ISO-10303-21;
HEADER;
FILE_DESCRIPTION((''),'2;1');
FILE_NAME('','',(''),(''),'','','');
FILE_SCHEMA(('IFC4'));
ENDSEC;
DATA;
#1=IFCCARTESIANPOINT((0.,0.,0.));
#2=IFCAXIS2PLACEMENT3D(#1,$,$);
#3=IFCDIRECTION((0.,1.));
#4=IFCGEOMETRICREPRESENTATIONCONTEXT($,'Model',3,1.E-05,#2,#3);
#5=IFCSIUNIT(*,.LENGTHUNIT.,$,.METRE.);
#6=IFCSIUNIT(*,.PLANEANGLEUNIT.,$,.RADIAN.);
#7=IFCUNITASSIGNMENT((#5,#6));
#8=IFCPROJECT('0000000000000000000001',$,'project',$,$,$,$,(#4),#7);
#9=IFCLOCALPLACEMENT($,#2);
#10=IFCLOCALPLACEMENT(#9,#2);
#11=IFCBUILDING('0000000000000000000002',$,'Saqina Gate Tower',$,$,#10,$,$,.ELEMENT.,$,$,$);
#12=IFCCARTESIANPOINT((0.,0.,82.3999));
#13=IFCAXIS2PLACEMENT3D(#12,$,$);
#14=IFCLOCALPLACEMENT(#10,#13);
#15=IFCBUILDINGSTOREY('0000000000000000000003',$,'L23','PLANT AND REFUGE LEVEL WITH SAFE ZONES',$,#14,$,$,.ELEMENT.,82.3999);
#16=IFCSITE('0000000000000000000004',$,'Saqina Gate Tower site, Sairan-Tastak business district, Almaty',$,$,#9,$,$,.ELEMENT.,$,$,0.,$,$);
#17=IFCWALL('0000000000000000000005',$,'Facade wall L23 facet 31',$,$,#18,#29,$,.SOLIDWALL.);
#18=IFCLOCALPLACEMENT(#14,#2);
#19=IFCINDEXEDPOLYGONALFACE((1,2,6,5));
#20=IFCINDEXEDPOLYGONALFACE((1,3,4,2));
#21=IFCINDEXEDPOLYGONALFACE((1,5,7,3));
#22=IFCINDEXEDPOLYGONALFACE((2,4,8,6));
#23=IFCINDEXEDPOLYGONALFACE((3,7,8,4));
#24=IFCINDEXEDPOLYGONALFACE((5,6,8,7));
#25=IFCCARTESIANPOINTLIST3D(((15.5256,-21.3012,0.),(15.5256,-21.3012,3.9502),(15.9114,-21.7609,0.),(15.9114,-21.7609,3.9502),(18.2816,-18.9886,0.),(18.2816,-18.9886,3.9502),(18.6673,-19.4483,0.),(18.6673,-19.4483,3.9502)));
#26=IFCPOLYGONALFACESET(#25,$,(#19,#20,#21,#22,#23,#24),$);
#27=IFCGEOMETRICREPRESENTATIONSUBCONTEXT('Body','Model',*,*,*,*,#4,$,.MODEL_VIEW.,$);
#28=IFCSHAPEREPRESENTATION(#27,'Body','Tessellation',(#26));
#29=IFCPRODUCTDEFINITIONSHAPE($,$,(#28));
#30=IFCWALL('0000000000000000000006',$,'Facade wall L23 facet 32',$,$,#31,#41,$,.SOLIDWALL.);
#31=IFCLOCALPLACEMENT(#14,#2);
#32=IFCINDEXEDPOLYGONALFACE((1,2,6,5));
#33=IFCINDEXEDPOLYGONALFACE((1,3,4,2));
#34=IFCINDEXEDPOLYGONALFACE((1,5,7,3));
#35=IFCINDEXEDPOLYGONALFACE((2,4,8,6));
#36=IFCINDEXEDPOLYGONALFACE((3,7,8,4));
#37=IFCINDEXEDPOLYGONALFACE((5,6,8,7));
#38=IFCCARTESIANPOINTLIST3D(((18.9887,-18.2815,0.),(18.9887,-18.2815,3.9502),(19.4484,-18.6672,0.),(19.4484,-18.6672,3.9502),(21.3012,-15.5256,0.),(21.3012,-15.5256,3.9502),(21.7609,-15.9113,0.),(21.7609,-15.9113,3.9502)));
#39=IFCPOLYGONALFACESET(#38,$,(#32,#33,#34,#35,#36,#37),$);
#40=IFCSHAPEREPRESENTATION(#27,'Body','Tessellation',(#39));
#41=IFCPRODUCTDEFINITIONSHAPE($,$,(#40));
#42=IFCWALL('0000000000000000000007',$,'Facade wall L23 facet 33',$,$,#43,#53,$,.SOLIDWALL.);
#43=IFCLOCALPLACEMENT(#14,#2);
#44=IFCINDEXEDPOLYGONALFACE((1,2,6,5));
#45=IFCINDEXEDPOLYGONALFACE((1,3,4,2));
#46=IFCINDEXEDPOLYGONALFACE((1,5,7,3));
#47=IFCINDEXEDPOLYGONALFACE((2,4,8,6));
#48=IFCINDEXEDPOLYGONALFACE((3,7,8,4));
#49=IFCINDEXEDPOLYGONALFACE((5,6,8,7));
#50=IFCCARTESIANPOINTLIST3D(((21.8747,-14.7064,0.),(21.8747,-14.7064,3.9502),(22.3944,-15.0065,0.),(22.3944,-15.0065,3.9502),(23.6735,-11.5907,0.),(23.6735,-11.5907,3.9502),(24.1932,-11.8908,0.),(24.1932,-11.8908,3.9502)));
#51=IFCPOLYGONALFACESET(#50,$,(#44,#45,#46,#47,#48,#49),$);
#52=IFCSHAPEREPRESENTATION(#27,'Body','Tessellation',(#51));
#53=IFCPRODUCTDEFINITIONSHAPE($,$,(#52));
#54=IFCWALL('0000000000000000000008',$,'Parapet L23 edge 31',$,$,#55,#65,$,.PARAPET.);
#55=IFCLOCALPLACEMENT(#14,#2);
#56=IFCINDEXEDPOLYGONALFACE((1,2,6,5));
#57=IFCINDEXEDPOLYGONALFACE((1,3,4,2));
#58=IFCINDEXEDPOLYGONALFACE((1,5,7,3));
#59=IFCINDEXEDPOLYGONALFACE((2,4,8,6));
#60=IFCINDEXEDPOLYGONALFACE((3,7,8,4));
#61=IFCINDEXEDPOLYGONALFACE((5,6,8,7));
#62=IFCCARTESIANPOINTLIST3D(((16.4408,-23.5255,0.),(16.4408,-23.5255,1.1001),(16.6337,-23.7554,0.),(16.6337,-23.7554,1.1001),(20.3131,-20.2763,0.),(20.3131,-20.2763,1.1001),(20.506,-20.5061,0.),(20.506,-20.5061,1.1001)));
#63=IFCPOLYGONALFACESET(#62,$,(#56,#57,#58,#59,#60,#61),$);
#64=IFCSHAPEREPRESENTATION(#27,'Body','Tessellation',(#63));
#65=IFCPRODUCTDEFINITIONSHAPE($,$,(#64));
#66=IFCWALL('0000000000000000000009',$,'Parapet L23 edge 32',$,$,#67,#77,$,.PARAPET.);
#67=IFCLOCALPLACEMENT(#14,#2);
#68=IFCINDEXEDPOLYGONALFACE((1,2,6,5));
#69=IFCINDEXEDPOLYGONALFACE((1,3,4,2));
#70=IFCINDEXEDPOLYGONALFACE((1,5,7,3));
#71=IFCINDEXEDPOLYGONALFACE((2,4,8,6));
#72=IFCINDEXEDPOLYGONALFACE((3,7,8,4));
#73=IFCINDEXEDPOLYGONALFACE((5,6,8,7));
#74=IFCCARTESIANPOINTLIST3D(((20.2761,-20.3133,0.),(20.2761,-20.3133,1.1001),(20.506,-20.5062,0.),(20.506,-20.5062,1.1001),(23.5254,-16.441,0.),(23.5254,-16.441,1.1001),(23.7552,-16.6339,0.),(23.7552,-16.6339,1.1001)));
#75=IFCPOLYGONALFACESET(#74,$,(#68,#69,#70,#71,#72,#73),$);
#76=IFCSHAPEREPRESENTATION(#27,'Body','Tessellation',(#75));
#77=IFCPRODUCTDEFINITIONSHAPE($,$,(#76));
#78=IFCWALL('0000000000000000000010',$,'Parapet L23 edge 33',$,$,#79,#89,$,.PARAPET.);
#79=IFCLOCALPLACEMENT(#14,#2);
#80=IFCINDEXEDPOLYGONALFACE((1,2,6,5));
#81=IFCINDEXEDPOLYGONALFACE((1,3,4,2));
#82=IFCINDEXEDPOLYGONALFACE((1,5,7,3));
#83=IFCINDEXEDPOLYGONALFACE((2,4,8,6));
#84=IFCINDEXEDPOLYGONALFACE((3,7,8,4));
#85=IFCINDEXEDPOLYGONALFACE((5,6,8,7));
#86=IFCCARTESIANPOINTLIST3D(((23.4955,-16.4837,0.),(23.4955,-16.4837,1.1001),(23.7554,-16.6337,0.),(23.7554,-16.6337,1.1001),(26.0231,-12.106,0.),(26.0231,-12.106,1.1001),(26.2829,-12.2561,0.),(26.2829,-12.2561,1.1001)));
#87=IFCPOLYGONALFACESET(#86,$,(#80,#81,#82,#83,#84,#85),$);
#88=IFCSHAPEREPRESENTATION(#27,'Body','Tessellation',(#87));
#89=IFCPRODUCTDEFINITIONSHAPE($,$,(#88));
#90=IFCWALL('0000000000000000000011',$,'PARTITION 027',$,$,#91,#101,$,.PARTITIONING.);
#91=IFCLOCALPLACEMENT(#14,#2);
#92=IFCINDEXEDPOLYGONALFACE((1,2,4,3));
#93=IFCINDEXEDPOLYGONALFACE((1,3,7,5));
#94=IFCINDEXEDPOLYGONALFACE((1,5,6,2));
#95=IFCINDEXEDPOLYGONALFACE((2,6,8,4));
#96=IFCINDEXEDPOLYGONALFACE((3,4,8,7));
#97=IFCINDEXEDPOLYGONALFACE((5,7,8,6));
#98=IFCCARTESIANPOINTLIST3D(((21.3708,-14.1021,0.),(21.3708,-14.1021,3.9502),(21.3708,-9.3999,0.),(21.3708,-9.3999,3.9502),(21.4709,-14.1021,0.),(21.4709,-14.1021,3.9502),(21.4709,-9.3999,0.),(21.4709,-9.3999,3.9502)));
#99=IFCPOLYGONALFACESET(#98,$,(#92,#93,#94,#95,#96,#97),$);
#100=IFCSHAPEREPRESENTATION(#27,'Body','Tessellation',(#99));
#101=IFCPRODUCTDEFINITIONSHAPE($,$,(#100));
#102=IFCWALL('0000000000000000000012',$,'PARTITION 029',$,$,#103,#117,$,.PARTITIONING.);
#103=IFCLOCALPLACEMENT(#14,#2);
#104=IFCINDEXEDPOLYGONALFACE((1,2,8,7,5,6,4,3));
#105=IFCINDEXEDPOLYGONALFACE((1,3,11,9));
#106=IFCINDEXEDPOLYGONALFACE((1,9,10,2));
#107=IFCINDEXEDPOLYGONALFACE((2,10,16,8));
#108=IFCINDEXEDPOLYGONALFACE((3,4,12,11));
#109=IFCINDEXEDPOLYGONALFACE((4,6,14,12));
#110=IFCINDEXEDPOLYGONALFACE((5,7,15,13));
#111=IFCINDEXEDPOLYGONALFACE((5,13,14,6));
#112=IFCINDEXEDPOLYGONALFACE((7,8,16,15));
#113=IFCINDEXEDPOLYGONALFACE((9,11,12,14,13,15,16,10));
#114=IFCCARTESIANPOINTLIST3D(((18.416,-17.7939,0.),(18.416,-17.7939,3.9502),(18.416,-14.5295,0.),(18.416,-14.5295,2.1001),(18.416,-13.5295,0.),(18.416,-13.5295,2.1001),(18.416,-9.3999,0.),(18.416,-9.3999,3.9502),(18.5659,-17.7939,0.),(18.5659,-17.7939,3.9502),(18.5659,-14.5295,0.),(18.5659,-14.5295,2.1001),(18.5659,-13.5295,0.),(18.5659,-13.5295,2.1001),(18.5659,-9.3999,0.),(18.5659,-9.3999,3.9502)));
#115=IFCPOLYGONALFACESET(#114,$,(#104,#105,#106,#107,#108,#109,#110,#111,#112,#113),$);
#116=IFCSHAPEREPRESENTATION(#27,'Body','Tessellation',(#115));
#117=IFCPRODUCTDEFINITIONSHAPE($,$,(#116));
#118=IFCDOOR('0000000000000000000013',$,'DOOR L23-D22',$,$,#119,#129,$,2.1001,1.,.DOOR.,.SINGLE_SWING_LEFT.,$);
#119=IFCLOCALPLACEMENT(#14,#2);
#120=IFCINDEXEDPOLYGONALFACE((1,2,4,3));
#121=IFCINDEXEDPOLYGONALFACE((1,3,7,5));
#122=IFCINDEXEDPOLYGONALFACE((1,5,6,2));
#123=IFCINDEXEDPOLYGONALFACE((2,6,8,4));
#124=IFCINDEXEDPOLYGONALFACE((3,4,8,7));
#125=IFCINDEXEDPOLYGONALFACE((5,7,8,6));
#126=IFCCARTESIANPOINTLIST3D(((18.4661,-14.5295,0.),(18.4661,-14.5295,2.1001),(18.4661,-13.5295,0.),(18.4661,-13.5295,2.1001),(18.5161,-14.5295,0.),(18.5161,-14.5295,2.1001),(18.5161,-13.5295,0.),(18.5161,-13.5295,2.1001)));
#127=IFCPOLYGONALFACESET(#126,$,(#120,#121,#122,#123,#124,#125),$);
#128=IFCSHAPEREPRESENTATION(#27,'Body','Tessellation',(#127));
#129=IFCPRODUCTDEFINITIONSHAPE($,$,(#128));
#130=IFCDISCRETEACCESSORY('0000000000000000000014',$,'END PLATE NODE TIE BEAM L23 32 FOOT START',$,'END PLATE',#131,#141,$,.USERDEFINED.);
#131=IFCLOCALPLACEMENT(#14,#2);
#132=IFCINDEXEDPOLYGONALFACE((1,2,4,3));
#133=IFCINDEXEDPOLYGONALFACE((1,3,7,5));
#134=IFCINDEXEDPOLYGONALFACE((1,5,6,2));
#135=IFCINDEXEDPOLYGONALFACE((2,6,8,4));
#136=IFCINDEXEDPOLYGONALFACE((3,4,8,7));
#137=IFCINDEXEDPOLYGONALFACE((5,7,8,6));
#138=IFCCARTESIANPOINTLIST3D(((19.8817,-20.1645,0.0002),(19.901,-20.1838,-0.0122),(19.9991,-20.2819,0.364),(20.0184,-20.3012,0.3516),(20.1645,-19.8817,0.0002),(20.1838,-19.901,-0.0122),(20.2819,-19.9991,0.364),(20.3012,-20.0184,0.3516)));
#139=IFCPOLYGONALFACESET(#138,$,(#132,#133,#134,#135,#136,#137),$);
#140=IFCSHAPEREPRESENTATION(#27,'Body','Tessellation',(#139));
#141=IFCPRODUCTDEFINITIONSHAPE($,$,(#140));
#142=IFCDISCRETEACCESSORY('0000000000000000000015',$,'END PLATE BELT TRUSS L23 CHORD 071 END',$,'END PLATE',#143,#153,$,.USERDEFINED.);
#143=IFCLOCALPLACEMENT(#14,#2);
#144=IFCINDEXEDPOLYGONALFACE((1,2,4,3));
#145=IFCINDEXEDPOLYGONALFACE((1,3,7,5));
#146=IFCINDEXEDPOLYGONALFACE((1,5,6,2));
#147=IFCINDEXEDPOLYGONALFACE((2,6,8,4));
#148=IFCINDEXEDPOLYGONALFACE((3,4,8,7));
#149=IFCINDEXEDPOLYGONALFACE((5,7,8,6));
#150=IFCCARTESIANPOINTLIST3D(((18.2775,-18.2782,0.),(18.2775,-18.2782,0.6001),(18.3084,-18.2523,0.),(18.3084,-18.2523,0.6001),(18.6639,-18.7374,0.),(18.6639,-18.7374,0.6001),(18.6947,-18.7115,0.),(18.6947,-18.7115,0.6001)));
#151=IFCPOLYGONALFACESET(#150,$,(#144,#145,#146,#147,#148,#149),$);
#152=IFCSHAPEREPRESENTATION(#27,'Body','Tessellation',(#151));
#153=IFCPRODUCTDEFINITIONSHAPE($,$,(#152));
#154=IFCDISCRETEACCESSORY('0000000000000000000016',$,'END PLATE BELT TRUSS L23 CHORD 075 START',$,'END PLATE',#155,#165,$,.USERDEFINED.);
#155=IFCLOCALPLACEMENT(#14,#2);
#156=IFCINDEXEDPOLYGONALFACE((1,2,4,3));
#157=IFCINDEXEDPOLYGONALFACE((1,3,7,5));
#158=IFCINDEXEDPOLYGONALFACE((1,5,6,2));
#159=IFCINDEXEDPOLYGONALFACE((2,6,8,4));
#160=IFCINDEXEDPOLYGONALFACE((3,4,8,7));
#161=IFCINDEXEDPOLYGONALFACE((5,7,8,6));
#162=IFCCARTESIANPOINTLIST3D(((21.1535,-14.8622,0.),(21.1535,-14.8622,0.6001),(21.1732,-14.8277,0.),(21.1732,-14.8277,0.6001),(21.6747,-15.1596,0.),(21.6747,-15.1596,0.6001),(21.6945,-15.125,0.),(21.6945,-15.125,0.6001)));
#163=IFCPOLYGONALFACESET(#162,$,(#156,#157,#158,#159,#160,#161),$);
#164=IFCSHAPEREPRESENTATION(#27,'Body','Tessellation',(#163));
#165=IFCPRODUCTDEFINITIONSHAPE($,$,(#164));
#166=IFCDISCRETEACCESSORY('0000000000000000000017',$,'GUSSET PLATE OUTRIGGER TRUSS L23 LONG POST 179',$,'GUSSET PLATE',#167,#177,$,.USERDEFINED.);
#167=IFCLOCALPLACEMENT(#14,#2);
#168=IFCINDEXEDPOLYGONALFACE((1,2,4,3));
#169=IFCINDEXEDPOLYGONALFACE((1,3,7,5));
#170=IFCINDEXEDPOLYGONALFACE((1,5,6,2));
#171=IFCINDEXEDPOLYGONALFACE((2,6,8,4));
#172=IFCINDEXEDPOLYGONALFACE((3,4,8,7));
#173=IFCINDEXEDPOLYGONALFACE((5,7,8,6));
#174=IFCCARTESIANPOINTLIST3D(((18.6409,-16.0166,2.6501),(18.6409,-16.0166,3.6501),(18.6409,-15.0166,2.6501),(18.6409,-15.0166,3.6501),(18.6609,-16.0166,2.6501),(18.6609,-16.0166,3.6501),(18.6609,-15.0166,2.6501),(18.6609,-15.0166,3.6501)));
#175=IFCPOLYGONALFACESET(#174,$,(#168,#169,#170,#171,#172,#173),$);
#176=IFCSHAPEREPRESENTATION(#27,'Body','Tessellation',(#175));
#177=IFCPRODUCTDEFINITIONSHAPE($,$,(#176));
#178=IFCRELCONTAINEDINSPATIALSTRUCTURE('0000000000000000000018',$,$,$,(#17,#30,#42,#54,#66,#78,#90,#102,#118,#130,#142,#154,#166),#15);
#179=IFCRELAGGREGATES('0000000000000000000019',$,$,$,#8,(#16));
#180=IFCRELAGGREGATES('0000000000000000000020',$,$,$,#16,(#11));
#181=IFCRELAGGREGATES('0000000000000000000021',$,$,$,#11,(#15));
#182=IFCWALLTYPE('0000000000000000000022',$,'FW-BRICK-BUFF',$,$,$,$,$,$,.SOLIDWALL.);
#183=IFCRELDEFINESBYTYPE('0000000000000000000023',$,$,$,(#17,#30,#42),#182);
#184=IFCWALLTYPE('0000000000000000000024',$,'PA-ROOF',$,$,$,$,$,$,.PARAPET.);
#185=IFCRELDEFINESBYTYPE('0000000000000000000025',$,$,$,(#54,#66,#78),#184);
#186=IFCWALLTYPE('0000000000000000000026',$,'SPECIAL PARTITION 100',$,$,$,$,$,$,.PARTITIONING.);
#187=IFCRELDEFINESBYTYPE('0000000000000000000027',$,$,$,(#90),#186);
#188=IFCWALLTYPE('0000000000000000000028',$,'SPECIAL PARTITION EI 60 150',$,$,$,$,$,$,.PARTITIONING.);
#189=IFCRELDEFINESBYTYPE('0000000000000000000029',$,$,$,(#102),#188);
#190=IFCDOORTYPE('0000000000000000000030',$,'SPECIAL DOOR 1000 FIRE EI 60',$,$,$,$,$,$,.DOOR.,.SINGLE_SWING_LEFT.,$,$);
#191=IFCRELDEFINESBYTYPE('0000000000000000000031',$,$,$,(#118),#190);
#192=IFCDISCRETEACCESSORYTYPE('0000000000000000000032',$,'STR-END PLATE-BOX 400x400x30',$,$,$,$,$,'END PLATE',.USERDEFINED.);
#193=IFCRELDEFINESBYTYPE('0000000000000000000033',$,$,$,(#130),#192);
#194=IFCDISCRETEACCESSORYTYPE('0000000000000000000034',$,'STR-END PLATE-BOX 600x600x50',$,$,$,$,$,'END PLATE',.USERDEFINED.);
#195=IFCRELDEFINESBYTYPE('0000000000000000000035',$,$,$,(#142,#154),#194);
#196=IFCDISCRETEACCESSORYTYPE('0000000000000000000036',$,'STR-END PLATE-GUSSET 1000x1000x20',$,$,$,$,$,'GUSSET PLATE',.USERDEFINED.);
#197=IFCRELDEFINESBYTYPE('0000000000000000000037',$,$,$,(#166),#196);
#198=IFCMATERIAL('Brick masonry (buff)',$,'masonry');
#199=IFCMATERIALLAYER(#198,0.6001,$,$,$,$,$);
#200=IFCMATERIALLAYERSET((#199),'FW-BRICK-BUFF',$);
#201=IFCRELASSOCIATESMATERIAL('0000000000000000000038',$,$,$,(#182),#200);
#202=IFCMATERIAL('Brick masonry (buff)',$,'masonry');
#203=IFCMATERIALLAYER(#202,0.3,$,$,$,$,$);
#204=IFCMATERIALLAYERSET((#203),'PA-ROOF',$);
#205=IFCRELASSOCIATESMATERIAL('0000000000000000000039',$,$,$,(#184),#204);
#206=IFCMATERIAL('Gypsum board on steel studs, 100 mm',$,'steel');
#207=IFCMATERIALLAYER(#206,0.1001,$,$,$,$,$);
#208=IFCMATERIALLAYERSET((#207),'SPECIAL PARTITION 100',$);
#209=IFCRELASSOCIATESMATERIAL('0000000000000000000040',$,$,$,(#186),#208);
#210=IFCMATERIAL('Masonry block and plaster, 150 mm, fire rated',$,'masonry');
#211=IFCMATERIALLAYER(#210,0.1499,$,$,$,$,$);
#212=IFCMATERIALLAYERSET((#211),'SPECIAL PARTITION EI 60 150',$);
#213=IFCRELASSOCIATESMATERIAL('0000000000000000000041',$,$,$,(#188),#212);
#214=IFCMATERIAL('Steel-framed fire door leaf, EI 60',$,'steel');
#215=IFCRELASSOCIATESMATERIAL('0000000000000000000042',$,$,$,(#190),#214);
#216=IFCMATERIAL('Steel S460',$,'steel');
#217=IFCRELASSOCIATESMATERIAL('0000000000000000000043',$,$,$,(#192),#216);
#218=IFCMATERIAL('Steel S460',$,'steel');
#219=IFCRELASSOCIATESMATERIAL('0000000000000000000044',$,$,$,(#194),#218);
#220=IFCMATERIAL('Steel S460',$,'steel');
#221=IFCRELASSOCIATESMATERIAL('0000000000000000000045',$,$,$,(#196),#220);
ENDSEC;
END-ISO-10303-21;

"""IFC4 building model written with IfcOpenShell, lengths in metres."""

from ifc_helpers import new_model, si_unit, direction, frame, frame_2d, origin, origin_2d, place, context, subcontext, project, spatial, rectangle, extrude, material, layer, layer_set, material_profile, profile_set, type_object, element, fill, save


model = new_model("IFC4")

# Units and contexts
model_context = context("Model", 3, precision=1e-05, world=origin(), true_north=direction((0.0, 1.0)))
body_context = subcontext(model_context, "Body", "Model", "MODEL_VIEW")
ifc_project = project(units=[si_unit("LENGTHUNIT", "METRE"), si_unit("PLANEANGLEUNIT", "RADIAN")], contexts=[model_context])

# Site, building, storey
site_placement = place(None, origin())
site = spatial("IfcSite", under=ifc_project, at=site_placement, Name="Saqina Gate Tower site, Sairan-Tastak business district, Almaty", CompositionType="ELEMENT", RefElevation=0.0)
building_placement = place(site_placement, origin())
building = spatial("IfcBuilding", under=site, at=building_placement, Name="Saqina Gate Tower", CompositionType="ELEMENT")
storey_placement = place(building_placement, frame((0.0, 0.0, 82.3999)))
storey = spatial("IfcBuildingStorey", under=building, at=storey_placement, Name="L23", Description="PLANT AND REFUGE LEVEL WITH SAFE ZONES", CompositionType="ELEMENT", Elevation=82.3999)

# Walls
ifc_material_1 = material(Name="Brick masonry (buff)", Category="masonry")
ifc_layer_1 = layer(ifc_material_1, 0.6001)
ifc_layer_set_1 = layer_set([ifc_layer_1], Name="FW-BRICK-BUFF")
wall_type_1 = type_object("IfcWallType", Name="FW-BRICK-BUFF", PredefinedType="SOLIDWALL", material=ifc_layer_set_1)
for number, where, z_axis, x_axis, name in (
    (1, (15.7185, -21.531, 0.0), (0.0, 0.0, 1.0), (0.766036, 0.642797, 0.0), "Facade wall L23 facet 31"),
    (2, (19.2185, -18.4744, 0.0), (0.0, 0.0, 1.0), (0.642797, 0.766036, 0.0), "Facade wall L23 facet 32"),
    (3, (22.1345, -14.8564, 0.0), (0.0, 0.0, 1.0), (0.499993, 0.86603, 0.0), "Facade wall L23 facet 33"),
):
    element("IfcWall", number, at=place(storey_placement, frame(where, z_axis=z_axis, x_axis=x_axis)), inside=storey, type_object=wall_type_1, Name=name, PredefinedType="SOLIDWALL", context=body_context, shape_type="SweptSolid", body=[
        extrude(rectangle(XDim=3.5977, YDim=0.6001, at=frame_2d((1.7988, 0.0))), origin(), (0.0, 0.0, 1.0), 3.9502),
    ])
ifc_material_2 = material(Name="Brick masonry (buff)", Category="masonry")
ifc_layer_2 = layer(ifc_material_2, 0.3)
ifc_layer_set_2 = layer_set([ifc_layer_2], Name="PA-ROOF")
wall_type_2 = type_object("IfcWallType", Name="PA-ROOF", PredefinedType="PARAPET", material=ifc_layer_set_2)
for number, where, z_axis, x_axis, name in (
    (4, (16.5374, -23.6404, 0.0), (0.0, 0.0, 1.0), (0.766043, 0.642789, 0.0), "Parapet L23 edge 31"),
    (5, (20.3911, -20.4097, 0.0), (0.0, 0.0, 1.0), (0.642789, 0.766043, 0.0), "Parapet L23 edge 32"),
    (6, (23.6255, -16.5586, 0.0), (0.0, 0.0, 1.0), (0.500019, 0.866014, 0.0), "Parapet L23 edge 33"),
):
    element("IfcWall", number, at=place(storey_placement, frame(where, z_axis=z_axis, x_axis=x_axis)), inside=storey, type_object=wall_type_2, Name=name, PredefinedType="PARAPET", context=body_context, shape_type="SweptSolid", body=[
        extrude(rectangle(XDim=5.0549, YDim=0.3, at=frame_2d((2.5273, 0.0))), origin(), (0.0, 0.0, 1.0), 1.1001),
    ])
ifc_material_3 = material(Name="Gypsum board on steel studs, 100 mm", Category="steel")
ifc_layer_3 = layer(ifc_material_3, 0.1001)
ifc_layer_set_3 = layer_set([ifc_layer_3], Name="SPECIAL PARTITION 100")
wall_type_3 = type_object("IfcWallType", Name="SPECIAL PARTITION 100", PredefinedType="PARTITIONING", material=ifc_layer_set_3)
wall_1_placement = place(storey_placement, frame((21.4209, -14.1021, 0.0), z_axis=(0.0, 0.0, 1.0), x_axis=(0.0, 1.0, 0.0)))
element("IfcWall", 7, at=wall_1_placement, inside=storey, type_object=wall_type_3, Name="PARTITION 027", PredefinedType="PARTITIONING", context=body_context, shape_type="SweptSolid", body=[
    extrude(rectangle(XDim=4.7021, YDim=0.1001, at=frame_2d((2.3511, 0.0))), origin(), (0.0, 0.0, 1.0), 3.9502),
])

# Wall, opening, door
ifc_material_4 = material(Name="Masonry block and plaster, 150 mm, fire rated", Category="masonry")
ifc_layer_4 = layer(ifc_material_4, 0.1499)
ifc_layer_set_4 = layer_set([ifc_layer_4], Name="SPECIAL PARTITION EI 60 150")
wall_type_4 = type_object("IfcWallType", Name="SPECIAL PARTITION EI 60 150", PredefinedType="PARTITIONING", material=ifc_layer_set_4)
wall_2_placement = place(storey_placement, frame((18.491, -17.7939, 0.0), z_axis=(0.0, 0.0, 1.0), x_axis=(0.0, 1.0, 0.0)))
wall_2 = element("IfcWall", 8, at=wall_2_placement, inside=storey, type_object=wall_type_4, Name="PARTITION 029", PredefinedType="PARTITIONING", context=body_context, shape_type="SweptSolid", body=[
    extrude(rectangle(XDim=8.394, YDim=0.1499, at=frame_2d((4.197, 0.0))), origin(), (0.0, 0.0, 1.0), 3.9502),
])
opening_placement = place(wall_2_placement, frame((3.2644, 0.0, 0.0)))
opening = element("IfcOpeningElement", 9, at=opening_placement, cuts=wall_2, PredefinedType="OPENING", context=body_context, shape_type="SweptSolid", body=[
    extrude(rectangle(XDim=1.0, YDim=2.1001, at=frame_2d((0.5, 1.05))), frame((0.0, 0.0869, 0.0), z_axis=(0.0, -1.0, 0.0), x_axis=(1.0, 0.0, 0.0)), (0.0, 0.0, 1.0), 0.1738),
])
ifc_material_5 = material(Name="Steel-framed fire door leaf, EI 60", Category="steel")
door_type = type_object("IfcDoorType", Name="SPECIAL DOOR 1000 FIRE EI 60", OperationType="SINGLE_SWING_LEFT", PredefinedType="DOOR", material=ifc_material_5)
door_placement = place(opening_placement, origin())
door = element("IfcDoor", 10, at=door_placement, inside=storey, type_object=door_type, Name="DOOR L23-D22", OperationType="SINGLE_SWING_LEFT", OverallHeight=2.1001, OverallWidth=1.0, PredefinedType="DOOR", context=body_context, shape_type="SweptSolid", body=[
    extrude(rectangle(XDim=1.0, YDim=2.1001, at=frame_2d((0.5, 1.05))), frame((0.0, 0.0249, 0.0), z_axis=(0.0, -1.0, 0.0), x_axis=(1.0, 0.0, 0.0)), (0.0, 0.0, 1.0), 0.05),
])
fill(opening, door)

# Discrete accessories
ifc_material_6 = material(Name="Steel S460", Category="steel")
ifc_material_profile_1 = material_profile(ifc_material_6, rectangle(XDim=0.3999, YDim=0.3999, at=origin_2d()), Name="STR-END PLATE-BOX 400x400x30")
ifc_profile_set_1 = profile_set([ifc_material_profile_1], Name="Steel S460")
discrete_accessory_type_1 = type_object("IfcDiscreteAccessoryType", Name="STR-END PLATE-BOX 400x400x30", ElementType="END PLATE", PredefinedType="USERDEFINED", material=ifc_profile_set_1)
discrete_accessory_1_placement = place(storey_placement, frame((20.0818, -20.0818, 0.1821), z_axis=(0.643255, -0.643255, -0.415266), x_axis=(-0.707107, -0.707107, 0.0)))
element("IfcDiscreteAccessory", 11, at=discrete_accessory_1_placement, inside=storey, type_object=discrete_accessory_type_1, Name="END PLATE NODE TIE BEAM L23 32 FOOT START", ObjectType="END PLATE", PredefinedType="USERDEFINED", context=body_context, shape_type="SweptSolid", body=[
    extrude(rectangle(XDim=0.3999, YDim=0.3999, at=origin_2d()), origin(), (0.0, 0.0, 1.0), 0.03),
])
ifc_material_7 = material(Name="Steel S460", Category="steel")
ifc_material_profile_2 = material_profile(ifc_material_7, rectangle(XDim=0.6001, YDim=0.6001, at=origin_2d()), Name="STR-END PLATE-BOX 600x600x50")
ifc_profile_set_2 = profile_set([ifc_material_profile_2], Name="Steel S460")
discrete_accessory_type_2 = type_object("IfcDiscreteAccessoryType", Name="STR-END PLATE-BOX 600x600x50", ElementType="END PLATE", PredefinedType="USERDEFINED", material=ifc_profile_set_2)
discrete_accessory_2_placement = place(storey_placement, frame((18.4707, -18.5078, 0.3), z_axis=(0.765226, 0.643762, 0.0), x_axis=(-0.643762, 0.765226, 0.0)))
element("IfcDiscreteAccessory", 12, at=discrete_accessory_2_placement, inside=storey, type_object=discrete_accessory_type_2, Name="END PLATE BELT TRUSS L23 CHORD 071 END", ObjectType="END PLATE", PredefinedType="USERDEFINED", context=body_context, shape_type="SweptSolid", body=[
    extrude(rectangle(XDim=0.6001, YDim=0.6001, at=origin_2d()), origin(), (0.0, 0.0, 1.0), 0.0403),
])
discrete_accessory_3_placement = place(storey_placement, frame((21.4338, -14.9763, 0.3), z_axis=(-0.49548, -0.868619, 0.0), x_axis=(-0.868619, 0.49548, 0.0)))
element("IfcDiscreteAccessory", 13, at=discrete_accessory_3_placement, inside=storey, type_object=discrete_accessory_type_2, Name="END PLATE BELT TRUSS L23 CHORD 075 START", ObjectType="END PLATE", PredefinedType="USERDEFINED", context=body_context, shape_type="SweptSolid", body=[
    extrude(rectangle(XDim=0.6001, YDim=0.6001, at=origin_2d()), origin(), (0.0, 0.0, 1.0), 0.0398),
])
ifc_material_8 = material(Name="Steel S460", Category="steel")
ifc_material_profile_3 = material_profile(ifc_material_8, rectangle(XDim=1.0, YDim=1.0, at=origin_2d()), Name="STR-END PLATE-GUSSET 1000x1000x20")
ifc_profile_set_3 = profile_set([ifc_material_profile_3], Name="Steel S460")
discrete_accessory_type_3 = type_object("IfcDiscreteAccessoryType", Name="STR-END PLATE-GUSSET 1000x1000x20", ElementType="GUSSET PLATE", PredefinedType="USERDEFINED", material=ifc_profile_set_3)
for number, where, z_axis, x_axis, name in (
    (14, (18.6409, -15.5166, 3.1501), (1.0, 0.0, 0.0), (0.0, 1.0, 0.0), "GUSSET PLATE OUTRIGGER TRUSS L23 LONG POST 179"),
):
    element("IfcDiscreteAccessory", number, at=place(storey_placement, frame(where, z_axis=z_axis, x_axis=x_axis)), inside=storey, type_object=discrete_accessory_type_3, Name=name, ObjectType="GUSSET PLATE", PredefinedType="USERDEFINED", context=body_context, shape_type="SweptSolid", body=[
        extrude(rectangle(XDim=1.0, YDim=1.0, at=origin_2d()), origin(), (0.0, 0.0, 1.0), 0.02),
    ])

save(model, "model.ifc")
